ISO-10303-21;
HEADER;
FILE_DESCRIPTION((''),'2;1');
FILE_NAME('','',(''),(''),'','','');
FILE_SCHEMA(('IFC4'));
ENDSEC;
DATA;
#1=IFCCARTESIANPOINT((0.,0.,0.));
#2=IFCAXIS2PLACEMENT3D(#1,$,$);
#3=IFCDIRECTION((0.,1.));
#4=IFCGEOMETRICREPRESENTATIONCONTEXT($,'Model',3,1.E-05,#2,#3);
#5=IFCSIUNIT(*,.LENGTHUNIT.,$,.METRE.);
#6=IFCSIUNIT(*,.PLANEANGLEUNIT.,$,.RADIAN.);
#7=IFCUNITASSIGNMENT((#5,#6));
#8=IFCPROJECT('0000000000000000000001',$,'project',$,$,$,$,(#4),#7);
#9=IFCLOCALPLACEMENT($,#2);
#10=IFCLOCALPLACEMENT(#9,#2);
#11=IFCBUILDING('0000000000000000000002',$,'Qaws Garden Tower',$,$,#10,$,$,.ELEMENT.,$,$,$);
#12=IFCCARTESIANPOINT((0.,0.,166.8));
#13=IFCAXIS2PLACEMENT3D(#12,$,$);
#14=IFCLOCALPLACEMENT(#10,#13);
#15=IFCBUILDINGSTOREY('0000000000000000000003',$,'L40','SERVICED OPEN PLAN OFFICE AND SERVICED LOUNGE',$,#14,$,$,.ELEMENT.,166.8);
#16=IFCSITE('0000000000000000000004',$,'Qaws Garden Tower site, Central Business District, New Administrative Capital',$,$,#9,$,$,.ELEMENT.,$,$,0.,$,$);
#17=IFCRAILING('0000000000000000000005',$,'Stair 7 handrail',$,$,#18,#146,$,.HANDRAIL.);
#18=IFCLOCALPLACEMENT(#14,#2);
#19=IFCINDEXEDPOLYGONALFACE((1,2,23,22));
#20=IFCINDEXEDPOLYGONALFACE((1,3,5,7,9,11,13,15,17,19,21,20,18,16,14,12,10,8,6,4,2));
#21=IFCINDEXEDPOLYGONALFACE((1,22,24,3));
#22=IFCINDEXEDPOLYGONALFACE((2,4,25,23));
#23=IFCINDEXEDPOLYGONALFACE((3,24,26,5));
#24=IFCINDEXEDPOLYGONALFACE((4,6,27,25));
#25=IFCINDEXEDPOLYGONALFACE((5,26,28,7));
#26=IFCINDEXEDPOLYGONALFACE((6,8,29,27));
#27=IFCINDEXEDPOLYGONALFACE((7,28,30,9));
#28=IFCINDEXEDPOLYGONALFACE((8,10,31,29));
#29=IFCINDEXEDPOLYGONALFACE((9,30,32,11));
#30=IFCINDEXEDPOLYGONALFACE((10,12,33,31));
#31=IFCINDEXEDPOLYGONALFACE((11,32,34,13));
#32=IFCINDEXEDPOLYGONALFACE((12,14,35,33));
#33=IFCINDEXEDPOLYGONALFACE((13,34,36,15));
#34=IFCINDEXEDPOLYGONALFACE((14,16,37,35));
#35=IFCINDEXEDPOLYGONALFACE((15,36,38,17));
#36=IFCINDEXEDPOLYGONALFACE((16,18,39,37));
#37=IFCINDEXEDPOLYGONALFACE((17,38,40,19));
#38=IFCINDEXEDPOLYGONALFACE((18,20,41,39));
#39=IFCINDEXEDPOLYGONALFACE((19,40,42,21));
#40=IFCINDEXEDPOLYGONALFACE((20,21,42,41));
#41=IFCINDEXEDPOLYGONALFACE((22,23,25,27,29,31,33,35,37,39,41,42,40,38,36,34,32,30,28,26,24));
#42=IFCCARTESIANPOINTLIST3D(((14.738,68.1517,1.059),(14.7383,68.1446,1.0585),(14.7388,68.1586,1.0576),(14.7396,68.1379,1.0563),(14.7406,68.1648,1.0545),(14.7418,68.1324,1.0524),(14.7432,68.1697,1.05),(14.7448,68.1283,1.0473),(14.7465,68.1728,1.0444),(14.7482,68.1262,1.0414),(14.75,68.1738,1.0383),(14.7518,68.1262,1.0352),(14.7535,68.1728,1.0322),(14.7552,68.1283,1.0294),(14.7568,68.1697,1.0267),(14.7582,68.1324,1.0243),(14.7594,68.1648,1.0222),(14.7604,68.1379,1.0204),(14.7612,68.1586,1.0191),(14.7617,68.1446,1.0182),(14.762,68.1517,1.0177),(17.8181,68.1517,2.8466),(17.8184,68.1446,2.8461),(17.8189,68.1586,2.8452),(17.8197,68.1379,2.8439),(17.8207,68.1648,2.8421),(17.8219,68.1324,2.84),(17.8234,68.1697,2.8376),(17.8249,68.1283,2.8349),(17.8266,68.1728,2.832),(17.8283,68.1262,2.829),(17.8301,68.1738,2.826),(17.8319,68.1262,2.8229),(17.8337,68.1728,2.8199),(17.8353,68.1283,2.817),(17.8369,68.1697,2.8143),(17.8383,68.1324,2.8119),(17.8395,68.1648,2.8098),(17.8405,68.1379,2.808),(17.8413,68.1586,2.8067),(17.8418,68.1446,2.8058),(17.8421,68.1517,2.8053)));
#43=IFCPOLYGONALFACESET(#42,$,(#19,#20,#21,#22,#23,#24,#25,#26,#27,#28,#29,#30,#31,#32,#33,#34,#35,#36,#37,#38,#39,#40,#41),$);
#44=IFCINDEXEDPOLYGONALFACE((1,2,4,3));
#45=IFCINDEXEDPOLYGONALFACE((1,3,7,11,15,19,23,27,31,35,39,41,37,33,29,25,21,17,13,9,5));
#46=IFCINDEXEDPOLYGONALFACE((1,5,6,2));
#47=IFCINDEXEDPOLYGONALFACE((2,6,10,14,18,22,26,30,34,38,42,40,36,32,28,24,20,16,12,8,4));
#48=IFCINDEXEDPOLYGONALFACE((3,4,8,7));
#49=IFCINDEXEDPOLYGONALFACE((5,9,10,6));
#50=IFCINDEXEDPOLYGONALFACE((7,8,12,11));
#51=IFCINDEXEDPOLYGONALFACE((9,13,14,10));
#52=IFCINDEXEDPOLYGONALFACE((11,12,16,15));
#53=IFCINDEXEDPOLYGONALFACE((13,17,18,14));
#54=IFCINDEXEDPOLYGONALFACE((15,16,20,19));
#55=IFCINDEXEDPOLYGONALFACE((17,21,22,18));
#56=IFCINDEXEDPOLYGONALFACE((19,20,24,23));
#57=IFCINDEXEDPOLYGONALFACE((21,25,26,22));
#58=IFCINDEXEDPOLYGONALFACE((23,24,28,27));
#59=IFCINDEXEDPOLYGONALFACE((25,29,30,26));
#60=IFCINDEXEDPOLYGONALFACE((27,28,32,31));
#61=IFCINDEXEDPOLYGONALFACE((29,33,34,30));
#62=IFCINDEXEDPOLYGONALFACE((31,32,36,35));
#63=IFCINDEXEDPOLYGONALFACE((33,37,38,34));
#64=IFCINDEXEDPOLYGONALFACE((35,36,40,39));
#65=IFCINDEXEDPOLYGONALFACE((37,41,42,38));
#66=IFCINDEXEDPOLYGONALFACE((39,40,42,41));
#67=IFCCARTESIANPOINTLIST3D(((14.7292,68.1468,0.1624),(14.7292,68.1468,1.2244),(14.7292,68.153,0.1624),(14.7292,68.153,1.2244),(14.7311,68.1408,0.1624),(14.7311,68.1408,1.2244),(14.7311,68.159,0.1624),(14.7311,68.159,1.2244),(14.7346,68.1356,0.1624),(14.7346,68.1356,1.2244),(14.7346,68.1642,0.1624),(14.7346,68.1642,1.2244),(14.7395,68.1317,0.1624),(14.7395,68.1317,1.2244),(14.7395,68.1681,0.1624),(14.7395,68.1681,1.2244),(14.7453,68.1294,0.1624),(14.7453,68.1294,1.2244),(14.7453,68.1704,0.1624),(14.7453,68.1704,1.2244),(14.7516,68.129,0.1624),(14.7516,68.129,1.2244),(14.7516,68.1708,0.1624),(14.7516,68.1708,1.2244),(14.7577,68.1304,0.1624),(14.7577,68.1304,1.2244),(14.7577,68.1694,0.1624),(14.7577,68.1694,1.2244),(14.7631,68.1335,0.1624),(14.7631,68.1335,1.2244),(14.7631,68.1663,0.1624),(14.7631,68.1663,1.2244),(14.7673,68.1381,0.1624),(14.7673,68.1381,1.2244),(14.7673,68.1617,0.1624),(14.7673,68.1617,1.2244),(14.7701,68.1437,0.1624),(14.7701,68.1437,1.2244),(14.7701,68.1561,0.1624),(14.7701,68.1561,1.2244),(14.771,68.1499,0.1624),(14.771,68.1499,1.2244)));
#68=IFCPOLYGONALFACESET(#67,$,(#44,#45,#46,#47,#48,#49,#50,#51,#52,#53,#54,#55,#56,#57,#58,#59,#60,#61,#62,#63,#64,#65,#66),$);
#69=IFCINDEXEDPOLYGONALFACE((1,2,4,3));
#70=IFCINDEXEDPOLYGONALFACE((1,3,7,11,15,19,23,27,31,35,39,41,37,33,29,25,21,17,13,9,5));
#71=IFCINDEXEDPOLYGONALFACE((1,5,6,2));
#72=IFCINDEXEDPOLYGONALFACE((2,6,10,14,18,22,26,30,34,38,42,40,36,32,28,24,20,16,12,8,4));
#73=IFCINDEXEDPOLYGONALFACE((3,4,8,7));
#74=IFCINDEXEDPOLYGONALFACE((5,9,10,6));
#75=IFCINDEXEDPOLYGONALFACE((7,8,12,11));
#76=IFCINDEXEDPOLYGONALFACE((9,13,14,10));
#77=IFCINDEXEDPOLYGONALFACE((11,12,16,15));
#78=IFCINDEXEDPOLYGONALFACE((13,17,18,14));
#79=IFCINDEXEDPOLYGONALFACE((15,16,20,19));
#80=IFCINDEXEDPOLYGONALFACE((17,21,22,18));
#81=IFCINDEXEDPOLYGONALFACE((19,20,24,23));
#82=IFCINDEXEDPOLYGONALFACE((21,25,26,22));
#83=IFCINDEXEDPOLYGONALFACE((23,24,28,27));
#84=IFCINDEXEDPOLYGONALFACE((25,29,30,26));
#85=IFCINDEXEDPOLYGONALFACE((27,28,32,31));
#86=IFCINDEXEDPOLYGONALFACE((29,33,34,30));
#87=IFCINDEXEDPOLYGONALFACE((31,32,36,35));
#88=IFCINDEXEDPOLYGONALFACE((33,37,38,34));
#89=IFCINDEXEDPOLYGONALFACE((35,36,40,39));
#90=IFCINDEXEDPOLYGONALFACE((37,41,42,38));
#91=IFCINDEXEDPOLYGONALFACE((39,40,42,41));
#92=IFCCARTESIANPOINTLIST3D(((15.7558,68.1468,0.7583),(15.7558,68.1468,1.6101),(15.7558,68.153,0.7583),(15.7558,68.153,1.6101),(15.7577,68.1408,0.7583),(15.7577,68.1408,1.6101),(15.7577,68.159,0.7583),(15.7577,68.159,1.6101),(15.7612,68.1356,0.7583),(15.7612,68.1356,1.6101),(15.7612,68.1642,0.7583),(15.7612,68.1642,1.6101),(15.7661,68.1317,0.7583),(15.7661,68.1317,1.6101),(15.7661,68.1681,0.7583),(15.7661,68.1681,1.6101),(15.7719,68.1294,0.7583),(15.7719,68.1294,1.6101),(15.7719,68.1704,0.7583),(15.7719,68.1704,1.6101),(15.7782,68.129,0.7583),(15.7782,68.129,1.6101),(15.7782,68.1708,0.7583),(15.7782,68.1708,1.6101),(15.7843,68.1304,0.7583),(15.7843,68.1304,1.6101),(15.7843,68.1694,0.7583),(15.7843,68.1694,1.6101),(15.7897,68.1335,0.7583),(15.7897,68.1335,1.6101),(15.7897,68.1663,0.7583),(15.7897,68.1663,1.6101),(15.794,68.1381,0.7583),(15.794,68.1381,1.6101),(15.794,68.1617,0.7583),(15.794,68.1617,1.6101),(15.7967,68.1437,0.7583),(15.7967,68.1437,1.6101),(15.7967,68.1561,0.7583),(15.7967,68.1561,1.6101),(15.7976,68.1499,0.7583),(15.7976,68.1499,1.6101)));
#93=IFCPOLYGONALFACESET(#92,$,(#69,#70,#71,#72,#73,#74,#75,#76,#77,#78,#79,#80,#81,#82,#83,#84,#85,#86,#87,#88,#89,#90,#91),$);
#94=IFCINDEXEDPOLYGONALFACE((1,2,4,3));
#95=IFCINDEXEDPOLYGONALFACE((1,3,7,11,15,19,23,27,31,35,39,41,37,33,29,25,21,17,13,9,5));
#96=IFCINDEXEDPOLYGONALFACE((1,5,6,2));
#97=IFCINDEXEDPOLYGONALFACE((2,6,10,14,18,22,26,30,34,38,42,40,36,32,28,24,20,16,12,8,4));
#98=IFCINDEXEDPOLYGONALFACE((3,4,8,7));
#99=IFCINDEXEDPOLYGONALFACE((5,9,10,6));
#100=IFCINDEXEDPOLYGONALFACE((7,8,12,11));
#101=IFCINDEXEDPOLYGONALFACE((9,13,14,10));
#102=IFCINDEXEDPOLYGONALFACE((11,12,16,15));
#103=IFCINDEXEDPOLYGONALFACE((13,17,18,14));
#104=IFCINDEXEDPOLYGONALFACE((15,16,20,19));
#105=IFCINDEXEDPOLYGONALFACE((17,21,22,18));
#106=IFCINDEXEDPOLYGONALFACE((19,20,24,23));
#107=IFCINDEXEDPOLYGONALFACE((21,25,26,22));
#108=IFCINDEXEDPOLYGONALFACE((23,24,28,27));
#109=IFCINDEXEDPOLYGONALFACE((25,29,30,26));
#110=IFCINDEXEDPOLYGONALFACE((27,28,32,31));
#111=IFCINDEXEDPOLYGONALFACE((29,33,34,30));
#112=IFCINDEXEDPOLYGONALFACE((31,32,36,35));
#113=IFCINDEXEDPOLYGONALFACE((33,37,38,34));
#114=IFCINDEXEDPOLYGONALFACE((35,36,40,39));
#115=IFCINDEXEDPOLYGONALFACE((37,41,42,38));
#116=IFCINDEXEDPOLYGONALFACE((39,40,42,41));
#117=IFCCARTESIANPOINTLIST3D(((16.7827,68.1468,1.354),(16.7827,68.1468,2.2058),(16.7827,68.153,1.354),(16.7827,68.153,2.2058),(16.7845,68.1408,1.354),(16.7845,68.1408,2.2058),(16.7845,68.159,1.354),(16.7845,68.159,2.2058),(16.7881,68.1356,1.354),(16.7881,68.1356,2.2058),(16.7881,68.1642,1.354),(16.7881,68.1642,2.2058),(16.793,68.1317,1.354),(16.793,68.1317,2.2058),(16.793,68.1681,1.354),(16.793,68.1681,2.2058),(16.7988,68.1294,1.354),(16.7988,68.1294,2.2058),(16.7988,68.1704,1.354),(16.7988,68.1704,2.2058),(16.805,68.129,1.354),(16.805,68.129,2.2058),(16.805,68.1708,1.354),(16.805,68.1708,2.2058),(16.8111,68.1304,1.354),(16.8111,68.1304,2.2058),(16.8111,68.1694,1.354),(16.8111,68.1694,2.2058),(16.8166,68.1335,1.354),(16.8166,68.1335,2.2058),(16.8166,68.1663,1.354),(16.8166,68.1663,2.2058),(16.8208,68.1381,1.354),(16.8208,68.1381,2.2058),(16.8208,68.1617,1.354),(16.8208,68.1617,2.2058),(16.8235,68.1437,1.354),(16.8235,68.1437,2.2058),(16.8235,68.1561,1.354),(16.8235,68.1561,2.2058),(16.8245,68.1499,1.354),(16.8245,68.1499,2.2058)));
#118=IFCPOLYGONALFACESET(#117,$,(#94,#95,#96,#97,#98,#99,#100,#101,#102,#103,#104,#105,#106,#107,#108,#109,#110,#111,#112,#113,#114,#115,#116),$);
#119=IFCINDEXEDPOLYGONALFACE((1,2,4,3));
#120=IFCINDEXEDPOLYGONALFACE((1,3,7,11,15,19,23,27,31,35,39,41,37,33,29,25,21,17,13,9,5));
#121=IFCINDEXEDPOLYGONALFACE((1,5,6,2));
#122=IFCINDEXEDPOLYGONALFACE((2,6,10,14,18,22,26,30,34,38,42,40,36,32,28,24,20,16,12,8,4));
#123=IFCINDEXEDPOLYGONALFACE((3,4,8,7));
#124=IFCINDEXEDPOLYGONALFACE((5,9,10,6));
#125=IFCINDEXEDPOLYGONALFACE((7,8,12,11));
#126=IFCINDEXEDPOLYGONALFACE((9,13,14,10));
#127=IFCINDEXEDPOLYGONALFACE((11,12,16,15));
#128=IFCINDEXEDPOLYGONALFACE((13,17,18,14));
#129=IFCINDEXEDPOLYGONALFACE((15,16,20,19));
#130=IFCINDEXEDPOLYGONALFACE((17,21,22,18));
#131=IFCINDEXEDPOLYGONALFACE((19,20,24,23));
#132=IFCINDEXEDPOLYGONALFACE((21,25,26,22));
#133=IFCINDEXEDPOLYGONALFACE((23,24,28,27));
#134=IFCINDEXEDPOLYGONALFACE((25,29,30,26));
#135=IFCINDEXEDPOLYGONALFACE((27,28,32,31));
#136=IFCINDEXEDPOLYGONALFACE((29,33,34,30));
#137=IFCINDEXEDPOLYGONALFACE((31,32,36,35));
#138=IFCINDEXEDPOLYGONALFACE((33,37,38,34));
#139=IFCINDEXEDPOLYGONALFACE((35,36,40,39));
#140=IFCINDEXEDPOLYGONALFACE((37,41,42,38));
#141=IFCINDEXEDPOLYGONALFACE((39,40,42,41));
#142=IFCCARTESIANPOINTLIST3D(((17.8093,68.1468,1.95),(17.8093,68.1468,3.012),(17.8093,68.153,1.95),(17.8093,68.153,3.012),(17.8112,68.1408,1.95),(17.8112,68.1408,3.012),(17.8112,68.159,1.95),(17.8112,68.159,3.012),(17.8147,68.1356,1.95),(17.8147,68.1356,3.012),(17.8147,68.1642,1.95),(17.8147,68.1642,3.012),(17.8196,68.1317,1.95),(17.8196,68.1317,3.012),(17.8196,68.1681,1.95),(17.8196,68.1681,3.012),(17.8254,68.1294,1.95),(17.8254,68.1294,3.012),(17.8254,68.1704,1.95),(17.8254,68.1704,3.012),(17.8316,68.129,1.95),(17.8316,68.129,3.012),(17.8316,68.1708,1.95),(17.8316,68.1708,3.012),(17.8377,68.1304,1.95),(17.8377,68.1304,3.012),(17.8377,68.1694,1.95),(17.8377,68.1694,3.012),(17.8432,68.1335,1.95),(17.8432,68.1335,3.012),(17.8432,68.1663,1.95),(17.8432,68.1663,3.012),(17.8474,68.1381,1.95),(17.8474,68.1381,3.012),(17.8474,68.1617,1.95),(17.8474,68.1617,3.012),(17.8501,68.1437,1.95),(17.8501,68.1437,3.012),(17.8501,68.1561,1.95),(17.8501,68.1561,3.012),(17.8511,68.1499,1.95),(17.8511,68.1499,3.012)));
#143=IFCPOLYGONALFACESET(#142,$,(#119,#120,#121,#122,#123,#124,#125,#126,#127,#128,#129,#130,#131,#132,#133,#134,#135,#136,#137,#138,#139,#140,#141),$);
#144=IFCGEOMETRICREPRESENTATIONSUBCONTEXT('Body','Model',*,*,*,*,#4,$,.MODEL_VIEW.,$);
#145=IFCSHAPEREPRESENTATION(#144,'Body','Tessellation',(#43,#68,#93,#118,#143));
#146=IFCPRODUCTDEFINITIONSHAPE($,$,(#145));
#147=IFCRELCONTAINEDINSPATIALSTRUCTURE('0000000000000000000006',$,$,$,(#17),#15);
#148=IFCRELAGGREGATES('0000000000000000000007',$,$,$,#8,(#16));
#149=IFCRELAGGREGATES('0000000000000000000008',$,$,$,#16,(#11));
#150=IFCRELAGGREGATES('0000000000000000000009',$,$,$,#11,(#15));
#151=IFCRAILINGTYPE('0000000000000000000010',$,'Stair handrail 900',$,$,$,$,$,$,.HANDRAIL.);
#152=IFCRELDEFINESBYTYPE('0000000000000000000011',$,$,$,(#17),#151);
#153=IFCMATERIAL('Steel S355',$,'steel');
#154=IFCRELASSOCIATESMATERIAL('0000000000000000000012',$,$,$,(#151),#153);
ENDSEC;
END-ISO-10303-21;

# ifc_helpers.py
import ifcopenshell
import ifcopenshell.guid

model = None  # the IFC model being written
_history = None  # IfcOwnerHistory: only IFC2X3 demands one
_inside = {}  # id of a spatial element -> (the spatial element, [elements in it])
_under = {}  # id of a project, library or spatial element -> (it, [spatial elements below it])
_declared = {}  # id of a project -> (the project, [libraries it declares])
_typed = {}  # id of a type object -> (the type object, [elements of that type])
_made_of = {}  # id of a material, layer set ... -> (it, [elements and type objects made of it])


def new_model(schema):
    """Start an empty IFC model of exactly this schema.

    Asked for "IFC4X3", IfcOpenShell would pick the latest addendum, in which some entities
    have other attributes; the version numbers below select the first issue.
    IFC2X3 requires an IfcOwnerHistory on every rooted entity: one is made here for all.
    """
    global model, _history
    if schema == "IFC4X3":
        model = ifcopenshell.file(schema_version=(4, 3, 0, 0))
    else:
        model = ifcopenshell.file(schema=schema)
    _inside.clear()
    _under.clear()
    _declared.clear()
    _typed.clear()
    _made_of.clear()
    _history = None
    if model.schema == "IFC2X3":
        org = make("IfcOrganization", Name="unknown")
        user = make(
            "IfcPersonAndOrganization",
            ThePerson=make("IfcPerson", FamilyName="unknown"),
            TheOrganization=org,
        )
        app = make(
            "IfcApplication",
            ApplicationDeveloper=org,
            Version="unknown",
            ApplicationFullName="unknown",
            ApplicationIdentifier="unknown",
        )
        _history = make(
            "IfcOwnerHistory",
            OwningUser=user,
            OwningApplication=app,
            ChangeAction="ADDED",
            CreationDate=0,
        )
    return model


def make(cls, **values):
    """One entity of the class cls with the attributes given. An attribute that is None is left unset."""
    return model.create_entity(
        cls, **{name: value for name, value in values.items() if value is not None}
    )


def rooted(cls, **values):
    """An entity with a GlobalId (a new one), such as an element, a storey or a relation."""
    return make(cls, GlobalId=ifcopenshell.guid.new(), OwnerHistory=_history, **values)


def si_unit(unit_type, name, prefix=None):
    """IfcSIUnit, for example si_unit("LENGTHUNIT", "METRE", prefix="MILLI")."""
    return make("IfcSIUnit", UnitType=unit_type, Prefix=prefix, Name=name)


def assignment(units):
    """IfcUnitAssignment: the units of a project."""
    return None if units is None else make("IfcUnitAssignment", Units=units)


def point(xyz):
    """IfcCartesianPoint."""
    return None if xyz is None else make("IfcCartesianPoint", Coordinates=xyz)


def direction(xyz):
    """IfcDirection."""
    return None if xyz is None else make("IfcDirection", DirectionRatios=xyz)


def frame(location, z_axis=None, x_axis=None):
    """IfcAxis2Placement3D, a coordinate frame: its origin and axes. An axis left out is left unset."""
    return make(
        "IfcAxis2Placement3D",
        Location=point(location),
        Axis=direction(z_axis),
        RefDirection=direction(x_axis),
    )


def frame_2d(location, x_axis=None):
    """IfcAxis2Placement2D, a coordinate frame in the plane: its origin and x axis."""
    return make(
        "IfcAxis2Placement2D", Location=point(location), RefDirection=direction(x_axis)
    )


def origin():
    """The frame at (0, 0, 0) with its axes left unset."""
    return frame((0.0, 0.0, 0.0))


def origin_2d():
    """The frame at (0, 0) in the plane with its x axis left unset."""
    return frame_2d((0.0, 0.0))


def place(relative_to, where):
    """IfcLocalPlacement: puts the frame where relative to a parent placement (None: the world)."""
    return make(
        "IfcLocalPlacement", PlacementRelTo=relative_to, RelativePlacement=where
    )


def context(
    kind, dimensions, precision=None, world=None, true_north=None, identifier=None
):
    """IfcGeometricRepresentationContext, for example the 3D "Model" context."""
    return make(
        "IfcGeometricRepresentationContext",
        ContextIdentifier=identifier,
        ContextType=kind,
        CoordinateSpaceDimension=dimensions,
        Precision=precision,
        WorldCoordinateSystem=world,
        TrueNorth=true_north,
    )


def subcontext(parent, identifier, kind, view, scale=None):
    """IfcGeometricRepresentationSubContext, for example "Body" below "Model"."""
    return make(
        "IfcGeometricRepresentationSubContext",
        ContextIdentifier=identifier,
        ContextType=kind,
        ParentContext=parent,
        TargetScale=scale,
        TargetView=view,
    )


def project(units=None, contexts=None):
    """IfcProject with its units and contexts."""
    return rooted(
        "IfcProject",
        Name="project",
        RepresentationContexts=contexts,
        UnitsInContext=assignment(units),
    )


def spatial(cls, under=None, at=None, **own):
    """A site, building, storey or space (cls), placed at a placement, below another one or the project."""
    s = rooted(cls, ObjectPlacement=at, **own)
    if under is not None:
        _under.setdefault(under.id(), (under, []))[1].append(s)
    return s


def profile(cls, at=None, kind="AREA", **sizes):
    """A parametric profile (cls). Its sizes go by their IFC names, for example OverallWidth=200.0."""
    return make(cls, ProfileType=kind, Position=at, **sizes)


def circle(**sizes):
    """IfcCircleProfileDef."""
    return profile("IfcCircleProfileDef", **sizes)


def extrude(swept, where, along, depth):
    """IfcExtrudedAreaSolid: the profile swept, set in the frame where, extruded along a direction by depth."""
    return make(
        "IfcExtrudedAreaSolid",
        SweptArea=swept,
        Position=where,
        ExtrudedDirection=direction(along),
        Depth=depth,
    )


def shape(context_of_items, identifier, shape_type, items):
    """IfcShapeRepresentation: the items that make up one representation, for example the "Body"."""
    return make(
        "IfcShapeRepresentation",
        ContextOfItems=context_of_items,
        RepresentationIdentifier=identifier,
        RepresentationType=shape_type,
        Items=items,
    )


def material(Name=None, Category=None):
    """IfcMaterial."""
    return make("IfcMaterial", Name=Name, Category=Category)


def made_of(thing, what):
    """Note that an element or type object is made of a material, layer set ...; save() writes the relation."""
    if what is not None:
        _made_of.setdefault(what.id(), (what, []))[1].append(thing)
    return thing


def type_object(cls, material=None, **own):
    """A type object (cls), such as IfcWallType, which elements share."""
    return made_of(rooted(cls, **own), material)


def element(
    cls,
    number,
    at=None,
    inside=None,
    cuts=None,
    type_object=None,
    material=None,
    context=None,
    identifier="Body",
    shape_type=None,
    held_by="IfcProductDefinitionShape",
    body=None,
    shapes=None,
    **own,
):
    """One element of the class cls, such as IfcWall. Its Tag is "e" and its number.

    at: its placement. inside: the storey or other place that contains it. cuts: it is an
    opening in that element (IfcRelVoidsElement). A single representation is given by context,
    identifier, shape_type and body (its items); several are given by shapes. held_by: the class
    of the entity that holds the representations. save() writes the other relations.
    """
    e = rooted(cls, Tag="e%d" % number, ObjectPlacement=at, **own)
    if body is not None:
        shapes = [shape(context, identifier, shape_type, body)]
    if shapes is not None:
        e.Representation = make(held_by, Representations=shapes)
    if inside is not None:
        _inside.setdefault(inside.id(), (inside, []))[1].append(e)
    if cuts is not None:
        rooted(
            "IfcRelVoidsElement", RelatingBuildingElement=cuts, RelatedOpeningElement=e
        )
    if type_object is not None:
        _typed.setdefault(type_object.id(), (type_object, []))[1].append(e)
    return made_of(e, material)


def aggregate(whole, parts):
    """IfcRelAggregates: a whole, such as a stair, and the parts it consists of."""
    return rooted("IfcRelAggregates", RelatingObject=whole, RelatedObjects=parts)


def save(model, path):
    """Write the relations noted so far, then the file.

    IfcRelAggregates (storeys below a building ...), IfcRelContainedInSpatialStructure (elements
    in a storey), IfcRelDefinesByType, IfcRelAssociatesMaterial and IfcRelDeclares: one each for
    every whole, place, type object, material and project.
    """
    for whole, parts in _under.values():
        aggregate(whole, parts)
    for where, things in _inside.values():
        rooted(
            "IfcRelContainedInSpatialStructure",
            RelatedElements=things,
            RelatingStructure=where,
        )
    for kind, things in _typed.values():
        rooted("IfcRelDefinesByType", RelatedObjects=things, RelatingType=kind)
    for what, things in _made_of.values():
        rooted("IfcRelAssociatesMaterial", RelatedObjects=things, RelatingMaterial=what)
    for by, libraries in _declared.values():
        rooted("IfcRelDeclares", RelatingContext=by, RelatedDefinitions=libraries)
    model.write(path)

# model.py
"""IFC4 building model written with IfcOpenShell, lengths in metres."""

from ifc_helpers import new_model, si_unit, direction, frame, origin, origin_2d, place, context, subcontext, project, spatial, circle, extrude, material, type_object, element, save


model = new_model("IFC4")

# Units and contexts
model_context = context("Model", 3, precision=1e-05, world=origin(), true_north=direction((0.0, 1.0)))
body_context = subcontext(model_context, "Body", "Model", "MODEL_VIEW")
ifc_project = project(units=[si_unit("LENGTHUNIT", "METRE"), si_unit("PLANEANGLEUNIT", "RADIAN")], contexts=[model_context])

# Site, building, storey
site_placement = place(None, origin())
site = spatial("IfcSite", under=ifc_project, at=site_placement, Name="Qaws Garden Tower site, Central Business District, New Administrative Capital", CompositionType="ELEMENT", RefElevation=0.0)
building_placement = place(site_placement, origin())
building = spatial("IfcBuilding", under=site, at=building_placement, Name="Qaws Garden Tower", CompositionType="ELEMENT")
storey_placement = place(building_placement, frame((0.0, 0.0, 166.8)))
storey = spatial("IfcBuildingStorey", under=building, at=storey_placement, Name="L40", Description="SERVICED OPEN PLAN OFFICE AND SERVICED LOUNGE", CompositionType="ELEMENT", Elevation=166.8)

# Railing
ifc_material_1 = material(Name="Steel S355", Category="steel")
railing_type = type_object("IfcRailingType", Name="Stair handrail 900", PredefinedType="HANDRAIL", material=ifc_material_1)
railing_1_placement = place(storey_placement, frame((14.75, 68.1499, 0.1624)))
element("IfcRailing", 1, at=railing_1_placement, inside=storey, type_object=railing_type, Name="Stair 7 handrail", PredefinedType="HANDRAIL", context=body_context, shape_type="SweptSolid", body=[
    extrude(circle(Radius=0.0239, at=origin_2d()), frame((0.0, 0.0, 0.876), z_axis=(0.864891, 0.0, 0.50196), x_axis=(0.0, 1.0, 0.0)), (0.0, 0.0, 1.0), 3.5613),
    extrude(circle(Radius=0.021, at=origin_2d()), origin(), (0.0, 0.0, 1.0), 1.062),
    extrude(circle(Radius=0.021, at=origin_2d()), frame((1.0266, 0.0, 0.5959)), (0.0, 0.0, 1.0), 0.8518),
    extrude(circle(Radius=0.021, at=origin_2d()), frame((2.0535, 0.0, 1.1917)), (0.0, 0.0, 1.0), 0.8518),
    extrude(circle(Radius=0.021, at=origin_2d()), frame((3.0801, 0.0, 1.7876)), (0.0, 0.0, 1.0), 1.062),
])

save(model, "model.ifc")
